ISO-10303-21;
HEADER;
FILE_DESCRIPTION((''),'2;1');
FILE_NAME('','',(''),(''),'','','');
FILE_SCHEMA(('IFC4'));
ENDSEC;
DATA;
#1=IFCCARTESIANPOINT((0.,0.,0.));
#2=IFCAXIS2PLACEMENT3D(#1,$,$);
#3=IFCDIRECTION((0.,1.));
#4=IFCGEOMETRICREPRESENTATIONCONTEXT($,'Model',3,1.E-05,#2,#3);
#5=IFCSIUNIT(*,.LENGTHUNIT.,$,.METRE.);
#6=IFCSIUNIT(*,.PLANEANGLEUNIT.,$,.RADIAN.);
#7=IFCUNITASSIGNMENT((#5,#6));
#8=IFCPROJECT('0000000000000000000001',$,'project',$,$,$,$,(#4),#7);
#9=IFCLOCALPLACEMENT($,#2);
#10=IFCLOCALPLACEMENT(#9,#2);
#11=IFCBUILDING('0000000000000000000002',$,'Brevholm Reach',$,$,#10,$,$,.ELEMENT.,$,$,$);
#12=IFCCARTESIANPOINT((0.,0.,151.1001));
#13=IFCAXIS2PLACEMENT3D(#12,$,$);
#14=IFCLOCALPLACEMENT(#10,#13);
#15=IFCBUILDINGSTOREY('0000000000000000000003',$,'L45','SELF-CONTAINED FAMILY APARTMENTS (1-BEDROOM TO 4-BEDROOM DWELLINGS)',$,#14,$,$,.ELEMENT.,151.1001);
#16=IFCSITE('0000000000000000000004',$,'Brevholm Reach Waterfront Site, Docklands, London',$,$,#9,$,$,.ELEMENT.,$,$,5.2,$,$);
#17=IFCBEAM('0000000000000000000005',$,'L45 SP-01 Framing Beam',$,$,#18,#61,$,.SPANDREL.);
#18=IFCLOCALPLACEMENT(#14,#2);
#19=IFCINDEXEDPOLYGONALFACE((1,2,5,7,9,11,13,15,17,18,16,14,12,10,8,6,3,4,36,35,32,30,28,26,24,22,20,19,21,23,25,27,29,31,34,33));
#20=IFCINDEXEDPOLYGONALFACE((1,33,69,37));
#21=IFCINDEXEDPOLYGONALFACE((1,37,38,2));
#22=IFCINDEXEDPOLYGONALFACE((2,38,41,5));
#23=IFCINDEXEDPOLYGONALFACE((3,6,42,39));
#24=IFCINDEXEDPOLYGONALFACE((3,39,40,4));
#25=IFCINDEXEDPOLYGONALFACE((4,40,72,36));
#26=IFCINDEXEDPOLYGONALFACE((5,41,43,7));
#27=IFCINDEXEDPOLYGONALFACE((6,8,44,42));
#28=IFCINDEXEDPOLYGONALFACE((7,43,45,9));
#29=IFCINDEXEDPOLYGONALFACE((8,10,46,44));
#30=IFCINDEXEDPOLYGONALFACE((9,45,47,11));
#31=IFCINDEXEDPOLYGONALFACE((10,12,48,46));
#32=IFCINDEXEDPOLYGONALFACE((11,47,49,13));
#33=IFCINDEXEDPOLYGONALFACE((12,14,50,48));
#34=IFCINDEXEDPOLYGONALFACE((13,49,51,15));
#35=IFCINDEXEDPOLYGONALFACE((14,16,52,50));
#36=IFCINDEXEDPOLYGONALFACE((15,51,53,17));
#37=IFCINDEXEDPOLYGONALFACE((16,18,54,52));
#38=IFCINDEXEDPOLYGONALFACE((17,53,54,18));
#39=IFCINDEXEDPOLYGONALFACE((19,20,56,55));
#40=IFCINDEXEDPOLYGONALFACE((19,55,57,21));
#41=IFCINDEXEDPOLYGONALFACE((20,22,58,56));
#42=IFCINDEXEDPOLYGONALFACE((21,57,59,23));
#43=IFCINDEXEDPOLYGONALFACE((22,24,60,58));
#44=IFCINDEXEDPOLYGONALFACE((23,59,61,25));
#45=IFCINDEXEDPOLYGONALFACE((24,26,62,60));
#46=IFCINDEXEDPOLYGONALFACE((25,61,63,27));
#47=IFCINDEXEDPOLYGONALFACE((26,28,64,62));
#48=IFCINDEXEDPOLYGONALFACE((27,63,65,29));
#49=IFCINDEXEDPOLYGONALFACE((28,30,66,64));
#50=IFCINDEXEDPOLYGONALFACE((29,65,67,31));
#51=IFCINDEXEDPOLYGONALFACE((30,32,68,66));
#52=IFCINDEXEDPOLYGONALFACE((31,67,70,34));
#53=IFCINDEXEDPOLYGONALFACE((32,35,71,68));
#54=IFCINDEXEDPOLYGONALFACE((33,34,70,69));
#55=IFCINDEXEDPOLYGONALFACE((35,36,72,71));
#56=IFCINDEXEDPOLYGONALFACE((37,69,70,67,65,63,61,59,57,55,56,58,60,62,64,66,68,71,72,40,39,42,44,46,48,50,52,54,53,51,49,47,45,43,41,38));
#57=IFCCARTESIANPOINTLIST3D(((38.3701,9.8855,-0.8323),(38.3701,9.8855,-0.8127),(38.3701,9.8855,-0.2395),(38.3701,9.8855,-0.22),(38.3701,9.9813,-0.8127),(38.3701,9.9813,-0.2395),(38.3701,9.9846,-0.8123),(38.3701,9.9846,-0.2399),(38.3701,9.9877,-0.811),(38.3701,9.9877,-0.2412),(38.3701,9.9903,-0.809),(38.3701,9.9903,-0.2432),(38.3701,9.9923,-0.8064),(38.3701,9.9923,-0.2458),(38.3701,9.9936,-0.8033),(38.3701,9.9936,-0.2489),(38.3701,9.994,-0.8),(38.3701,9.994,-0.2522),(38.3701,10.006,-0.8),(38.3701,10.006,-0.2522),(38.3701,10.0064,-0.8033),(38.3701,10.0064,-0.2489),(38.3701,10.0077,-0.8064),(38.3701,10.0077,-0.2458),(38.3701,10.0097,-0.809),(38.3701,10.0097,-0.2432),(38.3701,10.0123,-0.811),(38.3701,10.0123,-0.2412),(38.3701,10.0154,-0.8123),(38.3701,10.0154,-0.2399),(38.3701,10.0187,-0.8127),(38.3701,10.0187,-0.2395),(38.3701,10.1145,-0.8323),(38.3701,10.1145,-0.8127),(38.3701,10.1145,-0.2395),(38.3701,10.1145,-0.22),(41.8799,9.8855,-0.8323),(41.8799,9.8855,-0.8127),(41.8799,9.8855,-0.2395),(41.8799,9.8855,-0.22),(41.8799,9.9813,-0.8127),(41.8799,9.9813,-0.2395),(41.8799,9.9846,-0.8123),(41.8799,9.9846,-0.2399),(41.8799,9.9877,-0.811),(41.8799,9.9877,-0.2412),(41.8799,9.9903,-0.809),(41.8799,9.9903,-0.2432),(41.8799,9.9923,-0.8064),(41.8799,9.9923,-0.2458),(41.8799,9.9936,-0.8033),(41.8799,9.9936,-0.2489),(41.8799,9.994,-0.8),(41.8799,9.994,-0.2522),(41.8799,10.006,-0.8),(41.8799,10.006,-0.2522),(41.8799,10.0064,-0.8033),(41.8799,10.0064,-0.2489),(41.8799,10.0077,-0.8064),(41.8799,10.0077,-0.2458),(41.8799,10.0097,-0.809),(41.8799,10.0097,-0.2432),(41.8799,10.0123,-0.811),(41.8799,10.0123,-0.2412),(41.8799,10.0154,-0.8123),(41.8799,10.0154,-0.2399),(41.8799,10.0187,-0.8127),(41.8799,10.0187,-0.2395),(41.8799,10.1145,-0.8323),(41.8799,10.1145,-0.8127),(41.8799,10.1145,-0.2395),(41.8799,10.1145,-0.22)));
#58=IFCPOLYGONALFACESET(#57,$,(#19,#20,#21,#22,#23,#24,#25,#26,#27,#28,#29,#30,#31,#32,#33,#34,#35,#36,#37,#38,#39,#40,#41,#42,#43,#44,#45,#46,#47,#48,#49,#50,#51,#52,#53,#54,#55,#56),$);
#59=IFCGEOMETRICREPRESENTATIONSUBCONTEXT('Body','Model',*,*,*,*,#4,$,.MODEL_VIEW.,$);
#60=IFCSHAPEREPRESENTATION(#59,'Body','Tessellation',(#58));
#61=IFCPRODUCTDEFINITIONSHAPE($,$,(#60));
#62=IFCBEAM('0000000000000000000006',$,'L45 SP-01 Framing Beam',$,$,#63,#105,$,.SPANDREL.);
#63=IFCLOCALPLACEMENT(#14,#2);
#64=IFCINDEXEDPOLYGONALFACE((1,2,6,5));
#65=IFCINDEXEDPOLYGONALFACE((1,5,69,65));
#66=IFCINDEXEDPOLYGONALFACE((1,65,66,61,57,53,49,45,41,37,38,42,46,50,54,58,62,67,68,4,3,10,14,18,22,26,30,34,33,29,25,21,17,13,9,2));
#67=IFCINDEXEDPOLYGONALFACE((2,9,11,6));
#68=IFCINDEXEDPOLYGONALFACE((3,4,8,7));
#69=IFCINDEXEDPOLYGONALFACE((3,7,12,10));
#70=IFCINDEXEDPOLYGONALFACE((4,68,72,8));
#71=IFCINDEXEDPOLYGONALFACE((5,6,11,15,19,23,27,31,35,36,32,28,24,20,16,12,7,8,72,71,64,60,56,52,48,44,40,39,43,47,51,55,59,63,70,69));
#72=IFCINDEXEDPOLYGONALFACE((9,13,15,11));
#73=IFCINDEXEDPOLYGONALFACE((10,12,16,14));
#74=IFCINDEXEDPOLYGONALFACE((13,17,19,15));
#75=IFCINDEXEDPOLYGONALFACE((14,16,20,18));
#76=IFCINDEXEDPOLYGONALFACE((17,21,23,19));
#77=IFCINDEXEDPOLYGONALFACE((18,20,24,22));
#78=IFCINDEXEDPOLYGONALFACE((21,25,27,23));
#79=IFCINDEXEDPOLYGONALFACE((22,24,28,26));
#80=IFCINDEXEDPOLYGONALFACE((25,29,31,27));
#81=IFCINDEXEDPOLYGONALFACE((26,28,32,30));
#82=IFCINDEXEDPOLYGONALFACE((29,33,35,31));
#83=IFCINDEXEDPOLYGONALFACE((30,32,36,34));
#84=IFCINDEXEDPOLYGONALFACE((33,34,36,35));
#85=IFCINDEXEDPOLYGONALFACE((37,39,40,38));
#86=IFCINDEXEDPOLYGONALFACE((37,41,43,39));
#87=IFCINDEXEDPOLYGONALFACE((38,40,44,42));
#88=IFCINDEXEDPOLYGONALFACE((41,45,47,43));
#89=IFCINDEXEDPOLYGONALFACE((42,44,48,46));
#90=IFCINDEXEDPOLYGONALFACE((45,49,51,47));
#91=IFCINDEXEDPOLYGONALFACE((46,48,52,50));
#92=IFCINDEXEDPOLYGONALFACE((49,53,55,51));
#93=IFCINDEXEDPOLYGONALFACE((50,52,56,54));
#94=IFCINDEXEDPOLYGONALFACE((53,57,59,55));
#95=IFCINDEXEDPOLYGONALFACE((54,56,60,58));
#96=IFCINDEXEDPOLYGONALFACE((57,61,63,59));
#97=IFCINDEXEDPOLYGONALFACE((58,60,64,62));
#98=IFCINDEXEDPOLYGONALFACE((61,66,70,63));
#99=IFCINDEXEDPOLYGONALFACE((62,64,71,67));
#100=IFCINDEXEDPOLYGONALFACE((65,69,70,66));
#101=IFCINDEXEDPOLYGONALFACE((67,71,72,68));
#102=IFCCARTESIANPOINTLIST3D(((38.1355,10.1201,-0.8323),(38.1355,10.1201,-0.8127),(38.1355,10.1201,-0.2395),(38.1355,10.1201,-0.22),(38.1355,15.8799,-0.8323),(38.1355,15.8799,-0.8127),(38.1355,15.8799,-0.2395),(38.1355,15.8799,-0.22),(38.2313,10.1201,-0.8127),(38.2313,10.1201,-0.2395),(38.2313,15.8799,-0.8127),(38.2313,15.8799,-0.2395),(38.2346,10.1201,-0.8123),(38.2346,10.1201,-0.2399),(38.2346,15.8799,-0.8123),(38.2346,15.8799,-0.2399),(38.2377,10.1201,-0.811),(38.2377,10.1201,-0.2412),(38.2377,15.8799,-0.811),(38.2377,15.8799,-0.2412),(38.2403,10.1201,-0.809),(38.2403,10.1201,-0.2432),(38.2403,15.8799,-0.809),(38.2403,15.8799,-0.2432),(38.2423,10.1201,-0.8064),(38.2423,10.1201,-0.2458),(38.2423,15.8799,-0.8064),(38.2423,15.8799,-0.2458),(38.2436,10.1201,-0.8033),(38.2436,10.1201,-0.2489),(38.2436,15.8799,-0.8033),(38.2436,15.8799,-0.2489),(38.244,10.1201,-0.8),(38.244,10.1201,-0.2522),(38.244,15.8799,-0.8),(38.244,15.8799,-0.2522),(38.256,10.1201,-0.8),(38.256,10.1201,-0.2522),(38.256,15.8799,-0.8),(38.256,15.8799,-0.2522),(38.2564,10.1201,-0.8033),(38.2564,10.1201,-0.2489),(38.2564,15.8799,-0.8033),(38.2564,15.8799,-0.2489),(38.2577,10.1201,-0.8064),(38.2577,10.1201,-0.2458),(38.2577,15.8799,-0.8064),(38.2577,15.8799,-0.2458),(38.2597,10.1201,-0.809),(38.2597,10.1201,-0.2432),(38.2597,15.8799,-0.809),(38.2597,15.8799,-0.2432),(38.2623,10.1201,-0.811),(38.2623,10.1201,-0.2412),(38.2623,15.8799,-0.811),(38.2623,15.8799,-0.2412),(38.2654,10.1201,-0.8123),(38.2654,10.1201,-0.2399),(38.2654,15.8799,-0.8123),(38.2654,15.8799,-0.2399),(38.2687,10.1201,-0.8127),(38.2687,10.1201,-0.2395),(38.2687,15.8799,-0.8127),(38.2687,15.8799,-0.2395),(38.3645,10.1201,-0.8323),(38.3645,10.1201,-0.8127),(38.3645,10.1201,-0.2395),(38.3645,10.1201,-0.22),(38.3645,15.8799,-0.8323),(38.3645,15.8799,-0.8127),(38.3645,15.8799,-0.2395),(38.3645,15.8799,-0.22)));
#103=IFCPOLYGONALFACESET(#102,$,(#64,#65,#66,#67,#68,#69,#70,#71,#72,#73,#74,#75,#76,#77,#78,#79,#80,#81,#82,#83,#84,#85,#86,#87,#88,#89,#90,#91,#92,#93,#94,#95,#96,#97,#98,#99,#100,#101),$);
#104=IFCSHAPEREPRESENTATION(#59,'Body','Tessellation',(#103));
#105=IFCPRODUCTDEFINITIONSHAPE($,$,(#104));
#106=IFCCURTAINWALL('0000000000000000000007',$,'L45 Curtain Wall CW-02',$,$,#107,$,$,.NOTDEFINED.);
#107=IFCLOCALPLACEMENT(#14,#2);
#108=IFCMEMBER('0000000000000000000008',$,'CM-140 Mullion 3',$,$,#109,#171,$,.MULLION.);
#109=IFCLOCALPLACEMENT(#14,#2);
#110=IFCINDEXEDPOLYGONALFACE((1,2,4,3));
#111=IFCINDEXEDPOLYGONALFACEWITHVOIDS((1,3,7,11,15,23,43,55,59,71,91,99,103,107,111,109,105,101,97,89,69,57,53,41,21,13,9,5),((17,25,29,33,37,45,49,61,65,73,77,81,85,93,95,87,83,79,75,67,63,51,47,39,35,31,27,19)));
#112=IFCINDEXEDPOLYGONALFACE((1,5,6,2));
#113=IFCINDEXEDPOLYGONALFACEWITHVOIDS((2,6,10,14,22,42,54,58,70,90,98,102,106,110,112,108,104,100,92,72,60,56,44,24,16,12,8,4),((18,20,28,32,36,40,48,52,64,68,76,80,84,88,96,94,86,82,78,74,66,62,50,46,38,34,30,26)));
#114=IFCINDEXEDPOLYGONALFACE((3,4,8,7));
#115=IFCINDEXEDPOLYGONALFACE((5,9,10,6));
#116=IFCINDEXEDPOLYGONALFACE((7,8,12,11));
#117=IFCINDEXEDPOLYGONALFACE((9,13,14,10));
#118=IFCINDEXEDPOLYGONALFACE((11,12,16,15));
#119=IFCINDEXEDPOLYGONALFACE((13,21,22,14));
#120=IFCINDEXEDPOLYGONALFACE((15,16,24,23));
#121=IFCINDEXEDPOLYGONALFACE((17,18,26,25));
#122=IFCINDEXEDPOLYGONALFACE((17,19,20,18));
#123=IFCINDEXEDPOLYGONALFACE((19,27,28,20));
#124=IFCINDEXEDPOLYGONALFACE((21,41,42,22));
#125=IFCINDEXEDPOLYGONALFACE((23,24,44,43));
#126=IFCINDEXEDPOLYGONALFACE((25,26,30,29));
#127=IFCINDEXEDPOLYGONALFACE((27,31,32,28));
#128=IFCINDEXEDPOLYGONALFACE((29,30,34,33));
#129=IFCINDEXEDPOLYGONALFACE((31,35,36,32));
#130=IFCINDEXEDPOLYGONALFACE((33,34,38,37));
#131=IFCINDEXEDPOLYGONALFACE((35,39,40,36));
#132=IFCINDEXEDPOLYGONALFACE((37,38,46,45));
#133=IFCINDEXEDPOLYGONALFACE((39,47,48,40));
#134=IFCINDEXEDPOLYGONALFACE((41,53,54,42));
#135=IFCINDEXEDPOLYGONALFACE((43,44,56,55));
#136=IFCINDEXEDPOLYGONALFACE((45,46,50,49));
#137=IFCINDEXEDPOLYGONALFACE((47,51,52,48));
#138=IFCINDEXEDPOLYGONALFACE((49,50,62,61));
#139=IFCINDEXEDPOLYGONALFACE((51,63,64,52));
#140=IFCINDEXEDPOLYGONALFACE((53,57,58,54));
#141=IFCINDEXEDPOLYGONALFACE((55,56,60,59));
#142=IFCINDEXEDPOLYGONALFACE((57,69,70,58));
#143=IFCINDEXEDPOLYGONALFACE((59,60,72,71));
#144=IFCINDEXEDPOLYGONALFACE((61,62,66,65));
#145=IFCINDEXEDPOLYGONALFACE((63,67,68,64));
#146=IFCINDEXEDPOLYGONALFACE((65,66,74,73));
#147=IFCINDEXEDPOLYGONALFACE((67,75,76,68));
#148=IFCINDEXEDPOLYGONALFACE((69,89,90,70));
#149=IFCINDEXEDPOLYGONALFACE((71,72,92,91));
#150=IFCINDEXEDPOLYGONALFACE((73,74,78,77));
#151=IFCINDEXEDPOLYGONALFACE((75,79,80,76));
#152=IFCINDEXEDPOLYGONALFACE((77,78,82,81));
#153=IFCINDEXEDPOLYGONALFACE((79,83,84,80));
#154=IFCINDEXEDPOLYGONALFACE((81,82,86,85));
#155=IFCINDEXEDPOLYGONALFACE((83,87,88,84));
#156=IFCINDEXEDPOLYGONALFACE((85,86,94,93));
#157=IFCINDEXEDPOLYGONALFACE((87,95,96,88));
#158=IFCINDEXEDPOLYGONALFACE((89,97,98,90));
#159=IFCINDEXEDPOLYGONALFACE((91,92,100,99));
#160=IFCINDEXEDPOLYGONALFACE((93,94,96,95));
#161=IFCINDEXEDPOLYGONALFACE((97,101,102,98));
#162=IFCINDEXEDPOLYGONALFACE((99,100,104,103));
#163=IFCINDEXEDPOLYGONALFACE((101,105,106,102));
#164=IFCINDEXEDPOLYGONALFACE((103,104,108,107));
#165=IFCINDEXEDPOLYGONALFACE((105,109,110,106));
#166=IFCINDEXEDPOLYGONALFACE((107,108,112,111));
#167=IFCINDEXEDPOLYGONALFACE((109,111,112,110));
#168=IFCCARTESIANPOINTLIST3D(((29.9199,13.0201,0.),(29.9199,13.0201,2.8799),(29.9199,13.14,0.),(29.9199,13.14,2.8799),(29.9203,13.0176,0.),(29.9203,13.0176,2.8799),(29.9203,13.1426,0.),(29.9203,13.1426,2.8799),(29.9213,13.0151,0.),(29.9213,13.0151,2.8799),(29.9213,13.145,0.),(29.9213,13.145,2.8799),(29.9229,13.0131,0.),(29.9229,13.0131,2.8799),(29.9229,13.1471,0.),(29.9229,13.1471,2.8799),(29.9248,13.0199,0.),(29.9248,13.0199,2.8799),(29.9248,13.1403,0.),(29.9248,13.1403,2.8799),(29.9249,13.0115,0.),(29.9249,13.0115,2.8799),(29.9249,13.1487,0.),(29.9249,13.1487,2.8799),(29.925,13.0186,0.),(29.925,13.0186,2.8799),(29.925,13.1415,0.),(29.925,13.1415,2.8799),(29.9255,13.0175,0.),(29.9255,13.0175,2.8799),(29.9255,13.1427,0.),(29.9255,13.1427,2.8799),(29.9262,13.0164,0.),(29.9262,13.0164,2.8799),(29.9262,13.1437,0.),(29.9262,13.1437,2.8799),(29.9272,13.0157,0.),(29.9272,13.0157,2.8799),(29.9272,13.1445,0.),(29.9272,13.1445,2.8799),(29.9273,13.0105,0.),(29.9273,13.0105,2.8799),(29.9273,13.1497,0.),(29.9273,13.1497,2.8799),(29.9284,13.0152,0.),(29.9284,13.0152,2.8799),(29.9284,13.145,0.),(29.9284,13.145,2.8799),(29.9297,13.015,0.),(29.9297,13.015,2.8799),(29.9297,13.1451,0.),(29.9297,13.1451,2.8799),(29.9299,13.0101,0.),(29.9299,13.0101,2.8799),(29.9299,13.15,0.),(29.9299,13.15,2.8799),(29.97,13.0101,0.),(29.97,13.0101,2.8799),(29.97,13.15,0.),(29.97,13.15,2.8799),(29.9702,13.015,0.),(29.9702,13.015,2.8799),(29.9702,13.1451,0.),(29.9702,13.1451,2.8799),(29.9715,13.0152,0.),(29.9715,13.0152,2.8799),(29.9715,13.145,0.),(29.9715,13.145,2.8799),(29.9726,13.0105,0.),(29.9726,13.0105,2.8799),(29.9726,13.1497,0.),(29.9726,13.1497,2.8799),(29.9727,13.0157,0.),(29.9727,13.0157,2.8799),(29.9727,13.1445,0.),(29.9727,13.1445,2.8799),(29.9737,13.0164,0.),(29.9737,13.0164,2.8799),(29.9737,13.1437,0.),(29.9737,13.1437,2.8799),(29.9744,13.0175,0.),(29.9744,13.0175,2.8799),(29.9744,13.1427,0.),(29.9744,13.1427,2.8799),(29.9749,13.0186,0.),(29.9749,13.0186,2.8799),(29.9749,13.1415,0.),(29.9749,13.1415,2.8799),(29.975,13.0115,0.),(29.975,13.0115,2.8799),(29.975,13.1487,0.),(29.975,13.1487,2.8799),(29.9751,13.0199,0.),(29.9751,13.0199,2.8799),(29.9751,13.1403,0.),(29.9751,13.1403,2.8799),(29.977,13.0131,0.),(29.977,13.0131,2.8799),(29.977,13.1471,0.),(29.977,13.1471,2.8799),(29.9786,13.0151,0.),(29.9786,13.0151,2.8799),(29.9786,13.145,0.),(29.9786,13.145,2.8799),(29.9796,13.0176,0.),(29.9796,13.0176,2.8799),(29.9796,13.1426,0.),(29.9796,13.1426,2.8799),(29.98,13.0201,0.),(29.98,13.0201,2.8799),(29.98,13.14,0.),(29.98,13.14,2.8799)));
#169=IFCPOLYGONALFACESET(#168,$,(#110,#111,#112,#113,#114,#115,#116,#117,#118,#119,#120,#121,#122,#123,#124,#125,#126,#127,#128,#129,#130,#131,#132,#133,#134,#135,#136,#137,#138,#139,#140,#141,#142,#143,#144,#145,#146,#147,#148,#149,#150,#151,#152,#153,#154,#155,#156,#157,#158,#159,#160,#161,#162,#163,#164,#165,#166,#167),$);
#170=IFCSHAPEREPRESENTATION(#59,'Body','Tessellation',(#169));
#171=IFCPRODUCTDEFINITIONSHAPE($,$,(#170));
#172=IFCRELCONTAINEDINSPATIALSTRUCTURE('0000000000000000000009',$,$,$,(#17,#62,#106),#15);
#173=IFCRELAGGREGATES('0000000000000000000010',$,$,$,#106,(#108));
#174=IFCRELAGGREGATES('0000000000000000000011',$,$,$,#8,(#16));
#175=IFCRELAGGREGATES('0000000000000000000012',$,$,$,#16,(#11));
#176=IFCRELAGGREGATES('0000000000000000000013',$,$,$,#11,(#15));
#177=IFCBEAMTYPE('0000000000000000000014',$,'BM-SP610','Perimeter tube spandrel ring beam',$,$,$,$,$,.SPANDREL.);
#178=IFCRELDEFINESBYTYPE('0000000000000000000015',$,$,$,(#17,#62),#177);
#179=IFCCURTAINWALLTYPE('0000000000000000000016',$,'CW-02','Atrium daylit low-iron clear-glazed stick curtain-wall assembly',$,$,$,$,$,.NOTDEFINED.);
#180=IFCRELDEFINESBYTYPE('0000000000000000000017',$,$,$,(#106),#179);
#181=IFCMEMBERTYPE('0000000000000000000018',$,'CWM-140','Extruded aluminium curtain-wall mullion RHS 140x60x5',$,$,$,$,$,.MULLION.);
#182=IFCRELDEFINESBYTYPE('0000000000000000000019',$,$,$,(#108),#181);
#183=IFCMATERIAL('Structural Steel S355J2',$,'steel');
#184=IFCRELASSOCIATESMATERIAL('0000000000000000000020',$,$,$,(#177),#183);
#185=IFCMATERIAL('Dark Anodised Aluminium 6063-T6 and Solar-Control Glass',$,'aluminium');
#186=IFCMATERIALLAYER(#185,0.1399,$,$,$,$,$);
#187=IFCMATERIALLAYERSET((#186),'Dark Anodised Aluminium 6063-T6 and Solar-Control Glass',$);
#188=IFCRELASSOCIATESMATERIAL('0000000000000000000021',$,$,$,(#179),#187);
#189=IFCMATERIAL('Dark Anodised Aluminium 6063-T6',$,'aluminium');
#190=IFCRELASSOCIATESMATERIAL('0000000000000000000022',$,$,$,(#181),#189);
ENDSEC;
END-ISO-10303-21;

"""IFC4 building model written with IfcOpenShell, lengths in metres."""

from ifc_helpers import new_model, si_unit, direction, frame, origin, origin_2d, place, context, subcontext, project, spatial, hollow_rectangle, i_section, extrude, material, layer, layer_set, material_profile, profile_set, type_object, element, aggregate, save


model = new_model("IFC4")

# Units and contexts
model_context = context("Model", 3, precision=1e-05, world=origin(), true_north=direction((0.0, 1.0)))
body_context = subcontext(model_context, "Body", "Model", "MODEL_VIEW")
ifc_project = project(units=[si_unit("LENGTHUNIT", "METRE"), si_unit("PLANEANGLEUNIT", "RADIAN")], contexts=[model_context])

# Site, building, storey
site_placement = place(None, origin())
site = spatial("IfcSite", under=ifc_project, at=site_placement, Name="Brevholm Reach Waterfront Site, Docklands, London", CompositionType="ELEMENT", RefElevation=5.2)
building_placement = place(site_placement, origin())
building = spatial("IfcBuilding", under=site, at=building_placement, Name="Brevholm Reach", CompositionType="ELEMENT")
storey_placement = place(building_placement, frame((0.0, 0.0, 151.1001)))
storey = spatial("IfcBuildingStorey", under=building, at=storey_placement, Name="L45", Description="SELF-CONTAINED FAMILY APARTMENTS (1-BEDROOM TO 4-BEDROOM DWELLINGS)", CompositionType="ELEMENT", Elevation=151.1001)

# Beams
ifc_material_1 = material(Name="Structural Steel S355J2", Category="steel")
ifc_material_profile_1 = material_profile(ifc_material_1, i_section(OverallWidth=0.229, OverallDepth=0.6123, WebThickness=0.012, FlangeThickness=0.0195, FilletRadius=0.0127, at=origin_2d()), Name="UKB 610x229x125")
ifc_profile_set_1 = profile_set([ifc_material_profile_1], Name="Structural Steel S355J2")
beam_type = type_object("IfcBeamType", Name="BM-SP610", Description="Perimeter tube spandrel ring beam", PredefinedType="SPANDREL", material=ifc_profile_set_1)
beam_1_placement = place(storey_placement, frame((38.3701, 10.0, -0.5261), z_axis=(1.0, 0.0, 0.0), x_axis=(0.0, 1.0, 0.0)))
element("IfcBeam", 1, at=beam_1_placement, inside=storey, type_object=beam_type, Name="L45 SP-01 Framing Beam", PredefinedType="SPANDREL", context=body_context, shape_type="SweptSolid", body=[
    extrude(i_section(OverallWidth=0.229, OverallDepth=0.6123, WebThickness=0.012, FlangeThickness=0.0195, FilletRadius=0.0127, at=origin_2d()), origin(), (0.0, 0.0, 1.0), 3.5098),
])
beam_2_placement = place(storey_placement, frame((38.25, 10.1201, -0.5261), z_axis=(0.0, 1.0, 0.0), x_axis=(-1.0, 0.0, 0.0)))
element("IfcBeam", 2, at=beam_2_placement, inside=storey, type_object=beam_type, Name="L45 SP-01 Framing Beam", PredefinedType="SPANDREL", context=body_context, shape_type="SweptSolid", body=[
    extrude(i_section(OverallWidth=0.229, OverallDepth=0.6123, WebThickness=0.012, FlangeThickness=0.0195, FilletRadius=0.0127, at=origin_2d()), origin(), (0.0, 0.0, 1.0), 5.7598),
])

# Curtain wall, member
ifc_material_2 = material(Name="Dark Anodised Aluminium 6063-T6 and Solar-Control Glass", Category="aluminium")
ifc_layer_1 = layer(ifc_material_2, 0.1399)
ifc_layer_set_1 = layer_set([ifc_layer_1], Name="Dark Anodised Aluminium 6063-T6 and Solar-Control Glass")
curtain_wall_type = type_object("IfcCurtainWallType", Name="CW-02", Description="Atrium daylit low-iron clear-glazed stick curtain-wall assembly", PredefinedType="NOTDEFINED", material=ifc_layer_set_1)
curtain_wall_placement = place(storey_placement, origin())
curtain_wall = element("IfcCurtainWall", 3, at=curtain_wall_placement, inside=storey, type_object=curtain_wall_type, Name="L45 Curtain Wall CW-02", PredefinedType="NOTDEFINED")
ifc_material_3 = material(Name="Dark Anodised Aluminium 6063-T6", Category="aluminium")
ifc_material_profile_2 = material_profile(ifc_material_3, hollow_rectangle(XDim=0.0601, YDim=0.1399, WallThickness=0.0049, InnerFilletRadius=0.0049, OuterFilletRadius=0.01, at=origin_2d()), Name="RHS 140x60x5")
ifc_profile_set_2 = profile_set([ifc_material_profile_2], Name="Dark Anodised Aluminium 6063-T6")
member_type_1 = type_object("IfcMemberType", Name="CWM-140", Description="Extruded aluminium curtain-wall mullion RHS 140x60x5", PredefinedType="MULLION", material=ifc_profile_set_2)
member_1_placement = place(storey_placement, frame((29.95, 13.0801, 0.0), z_axis=(0.0, 0.0, 1.0), x_axis=(1.0, 0.0, 0.0)))
member_1 = element("IfcMember", 4, at=member_1_placement, type_object=member_type_1, Name="CM-140 Mullion 3", PredefinedType="MULLION", context=body_context, shape_type="SweptSolid", body=[
    extrude(hollow_rectangle(XDim=0.0601, YDim=0.1399, WallThickness=0.0049, InnerFilletRadius=0.0049, OuterFilletRadius=0.01, at=origin_2d()), origin(), (0.0, 0.0, 1.0), 2.8799),
])
aggregate(curtain_wall, [member_1])

save(model, "model.ifc")
